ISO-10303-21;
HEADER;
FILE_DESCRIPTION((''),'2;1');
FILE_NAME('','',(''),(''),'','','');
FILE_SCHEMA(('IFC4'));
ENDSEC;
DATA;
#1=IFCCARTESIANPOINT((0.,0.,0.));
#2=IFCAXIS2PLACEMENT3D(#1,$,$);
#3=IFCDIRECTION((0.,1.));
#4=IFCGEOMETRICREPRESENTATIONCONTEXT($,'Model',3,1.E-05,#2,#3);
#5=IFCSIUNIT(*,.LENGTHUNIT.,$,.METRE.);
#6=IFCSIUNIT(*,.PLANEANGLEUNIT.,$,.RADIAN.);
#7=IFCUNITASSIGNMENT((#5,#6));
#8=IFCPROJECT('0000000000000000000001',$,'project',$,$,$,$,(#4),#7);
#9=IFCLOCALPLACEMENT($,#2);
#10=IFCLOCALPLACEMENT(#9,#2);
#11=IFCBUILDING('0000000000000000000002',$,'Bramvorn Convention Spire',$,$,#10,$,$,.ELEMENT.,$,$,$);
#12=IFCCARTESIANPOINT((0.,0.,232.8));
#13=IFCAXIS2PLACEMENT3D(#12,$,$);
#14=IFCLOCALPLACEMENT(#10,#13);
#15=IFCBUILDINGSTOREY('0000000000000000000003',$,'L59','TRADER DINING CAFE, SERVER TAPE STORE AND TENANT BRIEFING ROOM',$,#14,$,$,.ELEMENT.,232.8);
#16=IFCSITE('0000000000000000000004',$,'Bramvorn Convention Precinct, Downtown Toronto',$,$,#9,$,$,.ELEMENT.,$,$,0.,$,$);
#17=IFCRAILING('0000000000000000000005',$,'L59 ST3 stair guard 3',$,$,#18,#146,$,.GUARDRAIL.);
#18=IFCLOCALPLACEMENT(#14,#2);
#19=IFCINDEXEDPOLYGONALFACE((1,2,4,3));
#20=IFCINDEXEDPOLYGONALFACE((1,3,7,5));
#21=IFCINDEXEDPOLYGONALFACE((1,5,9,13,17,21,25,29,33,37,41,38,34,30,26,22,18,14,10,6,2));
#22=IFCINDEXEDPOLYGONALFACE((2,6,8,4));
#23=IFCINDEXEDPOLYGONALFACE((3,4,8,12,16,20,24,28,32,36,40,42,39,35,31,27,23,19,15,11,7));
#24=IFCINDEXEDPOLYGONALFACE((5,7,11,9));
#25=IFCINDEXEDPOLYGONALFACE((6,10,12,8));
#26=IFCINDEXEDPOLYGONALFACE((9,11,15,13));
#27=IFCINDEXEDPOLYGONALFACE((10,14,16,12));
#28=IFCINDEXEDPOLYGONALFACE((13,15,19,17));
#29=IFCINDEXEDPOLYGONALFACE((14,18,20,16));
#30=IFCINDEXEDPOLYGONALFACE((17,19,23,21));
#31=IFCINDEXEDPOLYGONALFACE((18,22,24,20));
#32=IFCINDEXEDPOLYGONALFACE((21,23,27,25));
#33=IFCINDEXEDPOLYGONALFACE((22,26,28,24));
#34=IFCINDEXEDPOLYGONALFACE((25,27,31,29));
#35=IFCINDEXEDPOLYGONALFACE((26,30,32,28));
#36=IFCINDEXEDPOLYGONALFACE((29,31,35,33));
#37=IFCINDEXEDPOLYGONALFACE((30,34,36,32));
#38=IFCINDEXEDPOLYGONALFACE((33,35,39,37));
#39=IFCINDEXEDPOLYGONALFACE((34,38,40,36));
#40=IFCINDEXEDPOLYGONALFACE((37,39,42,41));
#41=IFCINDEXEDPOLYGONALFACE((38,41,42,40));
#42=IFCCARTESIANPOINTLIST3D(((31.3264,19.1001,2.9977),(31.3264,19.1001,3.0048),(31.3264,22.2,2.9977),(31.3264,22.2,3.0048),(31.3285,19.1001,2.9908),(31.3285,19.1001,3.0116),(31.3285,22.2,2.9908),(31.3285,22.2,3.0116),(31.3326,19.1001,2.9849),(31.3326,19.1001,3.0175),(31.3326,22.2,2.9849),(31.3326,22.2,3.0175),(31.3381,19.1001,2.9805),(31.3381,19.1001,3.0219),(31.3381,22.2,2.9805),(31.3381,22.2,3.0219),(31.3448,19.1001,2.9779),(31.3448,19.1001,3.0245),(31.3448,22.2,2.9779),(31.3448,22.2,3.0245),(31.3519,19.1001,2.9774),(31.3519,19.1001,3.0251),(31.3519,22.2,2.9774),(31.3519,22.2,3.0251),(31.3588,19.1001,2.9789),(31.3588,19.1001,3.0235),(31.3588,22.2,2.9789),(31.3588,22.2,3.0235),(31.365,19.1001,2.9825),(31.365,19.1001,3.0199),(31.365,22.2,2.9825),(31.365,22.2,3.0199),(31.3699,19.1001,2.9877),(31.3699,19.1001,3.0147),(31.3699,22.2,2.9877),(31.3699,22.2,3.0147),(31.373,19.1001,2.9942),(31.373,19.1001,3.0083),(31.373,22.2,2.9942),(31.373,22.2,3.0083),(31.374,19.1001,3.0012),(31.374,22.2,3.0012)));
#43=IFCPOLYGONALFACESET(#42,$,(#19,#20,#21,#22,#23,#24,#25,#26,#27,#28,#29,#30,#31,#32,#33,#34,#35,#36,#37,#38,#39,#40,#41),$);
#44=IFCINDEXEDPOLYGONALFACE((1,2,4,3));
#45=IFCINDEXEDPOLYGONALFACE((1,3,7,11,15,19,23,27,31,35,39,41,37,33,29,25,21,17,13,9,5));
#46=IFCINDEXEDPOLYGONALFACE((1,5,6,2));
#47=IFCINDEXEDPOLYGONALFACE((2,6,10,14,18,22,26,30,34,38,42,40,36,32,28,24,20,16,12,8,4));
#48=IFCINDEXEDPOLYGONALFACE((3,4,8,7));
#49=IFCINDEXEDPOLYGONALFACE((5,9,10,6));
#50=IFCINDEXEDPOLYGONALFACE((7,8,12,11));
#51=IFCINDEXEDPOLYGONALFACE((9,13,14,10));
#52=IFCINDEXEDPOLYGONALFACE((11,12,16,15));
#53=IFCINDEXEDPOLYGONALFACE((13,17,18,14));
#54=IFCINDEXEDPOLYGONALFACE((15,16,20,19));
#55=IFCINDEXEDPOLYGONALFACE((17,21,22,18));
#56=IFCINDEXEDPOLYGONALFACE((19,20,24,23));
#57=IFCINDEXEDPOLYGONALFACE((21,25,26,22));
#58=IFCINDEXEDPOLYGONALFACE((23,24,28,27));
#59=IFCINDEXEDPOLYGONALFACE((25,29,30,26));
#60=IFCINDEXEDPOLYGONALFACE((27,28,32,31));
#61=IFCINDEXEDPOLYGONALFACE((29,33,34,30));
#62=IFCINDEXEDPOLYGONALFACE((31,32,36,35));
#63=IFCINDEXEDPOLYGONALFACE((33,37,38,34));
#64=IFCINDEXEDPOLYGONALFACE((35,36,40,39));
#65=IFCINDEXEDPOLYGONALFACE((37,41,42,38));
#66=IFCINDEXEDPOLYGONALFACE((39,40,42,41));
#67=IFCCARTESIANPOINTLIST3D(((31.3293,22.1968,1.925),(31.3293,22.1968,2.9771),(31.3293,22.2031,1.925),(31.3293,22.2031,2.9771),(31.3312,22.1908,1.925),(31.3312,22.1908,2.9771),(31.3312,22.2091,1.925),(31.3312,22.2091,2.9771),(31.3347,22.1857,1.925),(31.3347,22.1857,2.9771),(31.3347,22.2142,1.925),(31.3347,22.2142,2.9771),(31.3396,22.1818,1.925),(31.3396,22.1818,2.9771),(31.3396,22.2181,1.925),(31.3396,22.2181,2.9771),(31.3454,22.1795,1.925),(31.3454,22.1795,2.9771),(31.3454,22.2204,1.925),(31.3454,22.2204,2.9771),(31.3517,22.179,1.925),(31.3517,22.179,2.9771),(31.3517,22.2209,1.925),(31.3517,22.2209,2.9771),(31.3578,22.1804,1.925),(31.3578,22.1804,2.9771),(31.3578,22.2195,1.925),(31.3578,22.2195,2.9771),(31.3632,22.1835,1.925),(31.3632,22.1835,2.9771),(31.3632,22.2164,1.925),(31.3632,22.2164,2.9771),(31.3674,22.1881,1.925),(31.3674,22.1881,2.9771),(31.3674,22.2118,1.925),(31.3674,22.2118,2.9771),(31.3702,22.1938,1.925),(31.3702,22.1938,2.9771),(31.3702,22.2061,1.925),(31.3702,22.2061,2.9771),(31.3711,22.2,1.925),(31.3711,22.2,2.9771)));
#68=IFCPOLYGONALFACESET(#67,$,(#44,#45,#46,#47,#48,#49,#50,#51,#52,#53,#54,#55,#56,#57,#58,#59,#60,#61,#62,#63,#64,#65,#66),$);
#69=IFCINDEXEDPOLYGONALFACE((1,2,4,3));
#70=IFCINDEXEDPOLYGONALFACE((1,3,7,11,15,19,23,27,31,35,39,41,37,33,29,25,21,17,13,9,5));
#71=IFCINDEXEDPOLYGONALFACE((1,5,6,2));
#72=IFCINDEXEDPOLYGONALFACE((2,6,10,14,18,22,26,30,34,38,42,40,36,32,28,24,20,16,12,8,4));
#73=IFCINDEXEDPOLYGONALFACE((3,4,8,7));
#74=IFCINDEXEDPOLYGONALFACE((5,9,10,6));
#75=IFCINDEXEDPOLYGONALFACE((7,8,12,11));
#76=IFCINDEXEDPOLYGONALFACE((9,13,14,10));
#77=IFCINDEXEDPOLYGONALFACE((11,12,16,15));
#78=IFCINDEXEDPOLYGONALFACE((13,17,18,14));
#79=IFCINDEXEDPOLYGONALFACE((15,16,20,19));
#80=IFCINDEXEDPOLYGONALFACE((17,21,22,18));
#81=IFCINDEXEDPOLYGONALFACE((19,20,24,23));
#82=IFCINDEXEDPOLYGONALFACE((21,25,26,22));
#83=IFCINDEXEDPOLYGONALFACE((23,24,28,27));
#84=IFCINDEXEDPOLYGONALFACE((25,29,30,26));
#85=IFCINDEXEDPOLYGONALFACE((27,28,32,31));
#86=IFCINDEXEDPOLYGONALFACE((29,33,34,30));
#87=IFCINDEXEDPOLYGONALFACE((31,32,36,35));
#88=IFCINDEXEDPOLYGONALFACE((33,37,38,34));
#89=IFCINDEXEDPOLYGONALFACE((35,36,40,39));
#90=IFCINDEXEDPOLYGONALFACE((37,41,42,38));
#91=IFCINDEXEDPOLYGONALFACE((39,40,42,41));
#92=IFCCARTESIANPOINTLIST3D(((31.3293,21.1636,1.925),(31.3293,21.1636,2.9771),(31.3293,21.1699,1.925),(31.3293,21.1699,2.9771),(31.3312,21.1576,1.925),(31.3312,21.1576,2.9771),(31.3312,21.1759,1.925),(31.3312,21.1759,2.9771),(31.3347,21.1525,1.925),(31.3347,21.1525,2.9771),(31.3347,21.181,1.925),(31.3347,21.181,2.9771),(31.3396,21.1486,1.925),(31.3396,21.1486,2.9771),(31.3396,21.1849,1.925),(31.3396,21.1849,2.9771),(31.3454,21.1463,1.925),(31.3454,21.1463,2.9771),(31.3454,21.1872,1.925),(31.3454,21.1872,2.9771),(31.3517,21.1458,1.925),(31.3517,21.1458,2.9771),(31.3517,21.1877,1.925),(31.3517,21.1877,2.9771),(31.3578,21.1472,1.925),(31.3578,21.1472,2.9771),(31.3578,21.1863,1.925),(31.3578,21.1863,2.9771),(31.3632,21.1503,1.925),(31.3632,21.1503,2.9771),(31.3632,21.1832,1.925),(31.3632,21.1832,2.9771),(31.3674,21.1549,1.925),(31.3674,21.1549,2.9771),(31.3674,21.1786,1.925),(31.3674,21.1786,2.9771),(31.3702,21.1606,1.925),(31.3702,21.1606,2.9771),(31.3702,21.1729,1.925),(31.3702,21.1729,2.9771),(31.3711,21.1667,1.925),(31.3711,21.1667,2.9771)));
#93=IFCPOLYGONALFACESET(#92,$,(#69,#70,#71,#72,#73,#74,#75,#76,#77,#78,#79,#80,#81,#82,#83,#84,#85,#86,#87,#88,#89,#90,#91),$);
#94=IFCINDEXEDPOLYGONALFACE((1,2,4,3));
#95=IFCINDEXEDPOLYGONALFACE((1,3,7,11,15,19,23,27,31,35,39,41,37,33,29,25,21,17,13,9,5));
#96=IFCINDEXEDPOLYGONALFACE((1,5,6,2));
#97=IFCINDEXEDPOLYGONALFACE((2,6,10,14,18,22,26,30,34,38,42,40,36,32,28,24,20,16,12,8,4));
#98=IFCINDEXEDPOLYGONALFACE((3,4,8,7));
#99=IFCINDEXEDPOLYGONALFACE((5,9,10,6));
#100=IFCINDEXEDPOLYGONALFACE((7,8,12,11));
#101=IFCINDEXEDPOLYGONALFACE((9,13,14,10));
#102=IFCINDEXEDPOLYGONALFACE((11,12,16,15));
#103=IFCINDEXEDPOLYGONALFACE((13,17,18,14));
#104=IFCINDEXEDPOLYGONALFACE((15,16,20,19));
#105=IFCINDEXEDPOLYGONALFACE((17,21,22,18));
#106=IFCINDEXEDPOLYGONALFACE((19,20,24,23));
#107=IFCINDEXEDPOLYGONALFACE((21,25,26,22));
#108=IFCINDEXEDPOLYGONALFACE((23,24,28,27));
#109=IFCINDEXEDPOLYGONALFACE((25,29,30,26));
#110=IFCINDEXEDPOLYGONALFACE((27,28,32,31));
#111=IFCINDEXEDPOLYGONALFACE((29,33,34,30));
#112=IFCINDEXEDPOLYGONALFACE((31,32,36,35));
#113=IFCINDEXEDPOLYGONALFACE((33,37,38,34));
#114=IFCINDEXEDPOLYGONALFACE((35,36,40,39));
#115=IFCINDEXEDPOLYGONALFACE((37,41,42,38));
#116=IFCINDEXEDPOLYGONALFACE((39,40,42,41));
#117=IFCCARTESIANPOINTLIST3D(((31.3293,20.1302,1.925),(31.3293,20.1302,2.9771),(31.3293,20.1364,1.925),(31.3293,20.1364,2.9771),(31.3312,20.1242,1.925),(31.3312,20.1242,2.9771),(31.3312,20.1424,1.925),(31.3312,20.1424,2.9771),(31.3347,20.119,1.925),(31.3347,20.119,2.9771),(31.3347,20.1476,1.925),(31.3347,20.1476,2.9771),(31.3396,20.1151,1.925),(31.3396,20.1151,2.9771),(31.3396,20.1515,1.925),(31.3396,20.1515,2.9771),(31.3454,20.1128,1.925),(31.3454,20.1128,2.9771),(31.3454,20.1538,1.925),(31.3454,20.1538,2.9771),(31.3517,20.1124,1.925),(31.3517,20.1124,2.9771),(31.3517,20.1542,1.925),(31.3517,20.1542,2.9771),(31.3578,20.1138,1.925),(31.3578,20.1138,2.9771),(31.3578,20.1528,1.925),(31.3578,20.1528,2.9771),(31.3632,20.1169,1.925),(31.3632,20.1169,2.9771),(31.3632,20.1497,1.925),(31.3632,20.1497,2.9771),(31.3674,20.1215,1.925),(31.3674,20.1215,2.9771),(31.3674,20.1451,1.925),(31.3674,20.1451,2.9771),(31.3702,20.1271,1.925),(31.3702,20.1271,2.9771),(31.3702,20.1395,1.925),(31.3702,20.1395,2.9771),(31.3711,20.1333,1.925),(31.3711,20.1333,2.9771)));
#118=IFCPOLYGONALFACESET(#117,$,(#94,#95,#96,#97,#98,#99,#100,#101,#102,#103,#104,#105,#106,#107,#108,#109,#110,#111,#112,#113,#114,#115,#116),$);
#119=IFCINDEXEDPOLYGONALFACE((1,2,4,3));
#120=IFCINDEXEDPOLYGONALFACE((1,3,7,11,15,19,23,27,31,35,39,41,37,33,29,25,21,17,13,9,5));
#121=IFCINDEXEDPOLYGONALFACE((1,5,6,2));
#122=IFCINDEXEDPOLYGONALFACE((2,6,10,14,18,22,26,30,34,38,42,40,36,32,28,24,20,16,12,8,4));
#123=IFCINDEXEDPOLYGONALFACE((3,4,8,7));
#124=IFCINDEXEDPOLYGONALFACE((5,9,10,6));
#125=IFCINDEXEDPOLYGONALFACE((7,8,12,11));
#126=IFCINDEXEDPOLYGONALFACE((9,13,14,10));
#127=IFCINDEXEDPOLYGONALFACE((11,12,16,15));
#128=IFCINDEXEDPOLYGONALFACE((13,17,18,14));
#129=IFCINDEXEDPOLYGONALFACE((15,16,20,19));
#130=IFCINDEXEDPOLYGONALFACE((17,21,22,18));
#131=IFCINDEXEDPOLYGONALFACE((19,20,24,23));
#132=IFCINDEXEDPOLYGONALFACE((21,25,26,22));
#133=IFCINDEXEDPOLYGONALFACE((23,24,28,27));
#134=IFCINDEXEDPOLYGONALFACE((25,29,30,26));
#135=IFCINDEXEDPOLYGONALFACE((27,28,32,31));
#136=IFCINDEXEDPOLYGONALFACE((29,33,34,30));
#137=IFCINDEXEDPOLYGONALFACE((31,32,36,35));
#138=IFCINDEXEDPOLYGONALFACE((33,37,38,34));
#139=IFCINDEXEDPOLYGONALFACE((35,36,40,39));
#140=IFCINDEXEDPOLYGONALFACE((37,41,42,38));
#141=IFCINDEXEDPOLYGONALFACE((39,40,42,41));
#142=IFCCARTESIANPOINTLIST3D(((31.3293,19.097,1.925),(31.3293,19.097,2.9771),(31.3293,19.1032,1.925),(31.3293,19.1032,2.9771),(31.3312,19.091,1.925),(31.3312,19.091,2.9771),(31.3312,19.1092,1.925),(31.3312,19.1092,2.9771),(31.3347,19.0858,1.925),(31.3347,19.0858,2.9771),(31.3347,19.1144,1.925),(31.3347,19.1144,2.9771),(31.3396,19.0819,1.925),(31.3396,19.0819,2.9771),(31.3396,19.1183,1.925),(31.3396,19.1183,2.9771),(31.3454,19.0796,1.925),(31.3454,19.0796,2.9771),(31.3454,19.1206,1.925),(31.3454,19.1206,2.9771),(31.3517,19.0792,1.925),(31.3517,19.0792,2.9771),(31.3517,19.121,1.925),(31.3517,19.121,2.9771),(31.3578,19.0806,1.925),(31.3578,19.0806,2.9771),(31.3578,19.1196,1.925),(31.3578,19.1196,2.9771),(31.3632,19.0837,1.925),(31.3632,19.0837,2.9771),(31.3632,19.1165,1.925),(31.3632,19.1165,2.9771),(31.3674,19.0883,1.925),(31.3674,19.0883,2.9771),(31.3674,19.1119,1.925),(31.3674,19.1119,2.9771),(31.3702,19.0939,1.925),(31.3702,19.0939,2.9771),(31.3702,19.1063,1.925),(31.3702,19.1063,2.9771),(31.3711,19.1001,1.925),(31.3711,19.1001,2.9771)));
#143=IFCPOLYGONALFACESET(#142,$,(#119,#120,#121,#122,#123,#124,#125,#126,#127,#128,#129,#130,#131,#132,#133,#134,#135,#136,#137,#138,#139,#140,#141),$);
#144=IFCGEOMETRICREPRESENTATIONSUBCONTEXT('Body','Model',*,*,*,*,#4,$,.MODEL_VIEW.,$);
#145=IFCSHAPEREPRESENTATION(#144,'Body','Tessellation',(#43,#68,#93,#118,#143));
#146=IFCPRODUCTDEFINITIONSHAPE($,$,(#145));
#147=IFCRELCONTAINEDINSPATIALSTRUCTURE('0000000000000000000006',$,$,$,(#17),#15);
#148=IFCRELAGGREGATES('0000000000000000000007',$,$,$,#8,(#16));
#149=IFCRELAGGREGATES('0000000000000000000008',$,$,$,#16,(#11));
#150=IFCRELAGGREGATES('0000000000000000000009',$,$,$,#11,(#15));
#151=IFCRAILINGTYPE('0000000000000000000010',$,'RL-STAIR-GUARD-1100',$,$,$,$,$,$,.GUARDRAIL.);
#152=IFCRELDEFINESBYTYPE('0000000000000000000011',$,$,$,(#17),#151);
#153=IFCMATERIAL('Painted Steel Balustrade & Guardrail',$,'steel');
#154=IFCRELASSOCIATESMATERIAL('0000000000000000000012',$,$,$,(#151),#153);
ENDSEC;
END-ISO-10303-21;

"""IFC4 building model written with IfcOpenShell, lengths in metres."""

from ifc_helpers import new_model, si_unit, direction, frame, origin, origin_2d, place, context, subcontext, project, spatial, circle, extrude, material, type_object, element, save


model = new_model("IFC4")

# Units and contexts
model_context = context("Model", 3, precision=1e-05, world=origin(), true_north=direction((0.0, 1.0)))
body_context = subcontext(model_context, "Body", "Model", "MODEL_VIEW")
ifc_project = project(units=[si_unit("LENGTHUNIT", "METRE"), si_unit("PLANEANGLEUNIT", "RADIAN")], contexts=[model_context])

# Site, building, storey
site_placement = place(None, origin())
site = spatial("IfcSite", under=ifc_project, at=site_placement, Name="Bramvorn Convention Precinct, Downtown Toronto", CompositionType="ELEMENT", RefElevation=0.0)
building_placement = place(site_placement, origin())
building = spatial("IfcBuilding", under=site, at=building_placement, Name="Bramvorn Convention Spire", CompositionType="ELEMENT")
storey_placement = place(building_placement, frame((0.0, 0.0, 232.8)))
storey = spatial("IfcBuildingStorey", under=building, at=storey_placement, Name="L59", Description="TRADER DINING CAFE, SERVER TAPE STORE AND TENANT BRIEFING ROOM", CompositionType="ELEMENT", Elevation=232.8)

# Railing
ifc_material_1 = material(Name="Painted Steel Balustrade & Guardrail", Category="steel")
railing_type_1 = type_object("IfcRailingType", Name="RL-STAIR-GUARD-1100", PredefinedType="GUARDRAIL", material=ifc_material_1)
for number, where, name in (
    (1, (31.3501, 22.2, 1.925), "L59 ST3 stair guard 3"),
):
    element("IfcRailing", number, at=place(storey_placement, frame(where)), inside=storey, type_object=railing_type_1, Name=name, PredefinedType="GUARDRAIL", context=body_context, shape_type="SweptSolid", body=[
        extrude(circle(Radius=0.0239, at=origin_2d()), frame((0.0, 0.0, 1.0762), z_axis=(0.0, -1.0, 0.0), x_axis=(1.0, 0.0, 0.0)), (0.0, 0.0, 1.0), 3.0999),
        extrude(circle(Radius=0.021, at=origin_2d()), origin(), (0.0, 0.0, 1.0), 1.052),
        extrude(circle(Radius=0.021, at=origin_2d()), frame((0.0, -1.0332, 0.0)), (0.0, 0.0, 1.0), 1.052),
        extrude(circle(Radius=0.021, at=origin_2d()), frame((0.0, -2.0667, 0.0)), (0.0, 0.0, 1.0), 1.052),
        extrude(circle(Radius=0.021, at=origin_2d()), frame((0.0, -3.0999, 0.0)), (0.0, 0.0, 1.0), 1.052),
    ])

save(model, "model.ifc")
